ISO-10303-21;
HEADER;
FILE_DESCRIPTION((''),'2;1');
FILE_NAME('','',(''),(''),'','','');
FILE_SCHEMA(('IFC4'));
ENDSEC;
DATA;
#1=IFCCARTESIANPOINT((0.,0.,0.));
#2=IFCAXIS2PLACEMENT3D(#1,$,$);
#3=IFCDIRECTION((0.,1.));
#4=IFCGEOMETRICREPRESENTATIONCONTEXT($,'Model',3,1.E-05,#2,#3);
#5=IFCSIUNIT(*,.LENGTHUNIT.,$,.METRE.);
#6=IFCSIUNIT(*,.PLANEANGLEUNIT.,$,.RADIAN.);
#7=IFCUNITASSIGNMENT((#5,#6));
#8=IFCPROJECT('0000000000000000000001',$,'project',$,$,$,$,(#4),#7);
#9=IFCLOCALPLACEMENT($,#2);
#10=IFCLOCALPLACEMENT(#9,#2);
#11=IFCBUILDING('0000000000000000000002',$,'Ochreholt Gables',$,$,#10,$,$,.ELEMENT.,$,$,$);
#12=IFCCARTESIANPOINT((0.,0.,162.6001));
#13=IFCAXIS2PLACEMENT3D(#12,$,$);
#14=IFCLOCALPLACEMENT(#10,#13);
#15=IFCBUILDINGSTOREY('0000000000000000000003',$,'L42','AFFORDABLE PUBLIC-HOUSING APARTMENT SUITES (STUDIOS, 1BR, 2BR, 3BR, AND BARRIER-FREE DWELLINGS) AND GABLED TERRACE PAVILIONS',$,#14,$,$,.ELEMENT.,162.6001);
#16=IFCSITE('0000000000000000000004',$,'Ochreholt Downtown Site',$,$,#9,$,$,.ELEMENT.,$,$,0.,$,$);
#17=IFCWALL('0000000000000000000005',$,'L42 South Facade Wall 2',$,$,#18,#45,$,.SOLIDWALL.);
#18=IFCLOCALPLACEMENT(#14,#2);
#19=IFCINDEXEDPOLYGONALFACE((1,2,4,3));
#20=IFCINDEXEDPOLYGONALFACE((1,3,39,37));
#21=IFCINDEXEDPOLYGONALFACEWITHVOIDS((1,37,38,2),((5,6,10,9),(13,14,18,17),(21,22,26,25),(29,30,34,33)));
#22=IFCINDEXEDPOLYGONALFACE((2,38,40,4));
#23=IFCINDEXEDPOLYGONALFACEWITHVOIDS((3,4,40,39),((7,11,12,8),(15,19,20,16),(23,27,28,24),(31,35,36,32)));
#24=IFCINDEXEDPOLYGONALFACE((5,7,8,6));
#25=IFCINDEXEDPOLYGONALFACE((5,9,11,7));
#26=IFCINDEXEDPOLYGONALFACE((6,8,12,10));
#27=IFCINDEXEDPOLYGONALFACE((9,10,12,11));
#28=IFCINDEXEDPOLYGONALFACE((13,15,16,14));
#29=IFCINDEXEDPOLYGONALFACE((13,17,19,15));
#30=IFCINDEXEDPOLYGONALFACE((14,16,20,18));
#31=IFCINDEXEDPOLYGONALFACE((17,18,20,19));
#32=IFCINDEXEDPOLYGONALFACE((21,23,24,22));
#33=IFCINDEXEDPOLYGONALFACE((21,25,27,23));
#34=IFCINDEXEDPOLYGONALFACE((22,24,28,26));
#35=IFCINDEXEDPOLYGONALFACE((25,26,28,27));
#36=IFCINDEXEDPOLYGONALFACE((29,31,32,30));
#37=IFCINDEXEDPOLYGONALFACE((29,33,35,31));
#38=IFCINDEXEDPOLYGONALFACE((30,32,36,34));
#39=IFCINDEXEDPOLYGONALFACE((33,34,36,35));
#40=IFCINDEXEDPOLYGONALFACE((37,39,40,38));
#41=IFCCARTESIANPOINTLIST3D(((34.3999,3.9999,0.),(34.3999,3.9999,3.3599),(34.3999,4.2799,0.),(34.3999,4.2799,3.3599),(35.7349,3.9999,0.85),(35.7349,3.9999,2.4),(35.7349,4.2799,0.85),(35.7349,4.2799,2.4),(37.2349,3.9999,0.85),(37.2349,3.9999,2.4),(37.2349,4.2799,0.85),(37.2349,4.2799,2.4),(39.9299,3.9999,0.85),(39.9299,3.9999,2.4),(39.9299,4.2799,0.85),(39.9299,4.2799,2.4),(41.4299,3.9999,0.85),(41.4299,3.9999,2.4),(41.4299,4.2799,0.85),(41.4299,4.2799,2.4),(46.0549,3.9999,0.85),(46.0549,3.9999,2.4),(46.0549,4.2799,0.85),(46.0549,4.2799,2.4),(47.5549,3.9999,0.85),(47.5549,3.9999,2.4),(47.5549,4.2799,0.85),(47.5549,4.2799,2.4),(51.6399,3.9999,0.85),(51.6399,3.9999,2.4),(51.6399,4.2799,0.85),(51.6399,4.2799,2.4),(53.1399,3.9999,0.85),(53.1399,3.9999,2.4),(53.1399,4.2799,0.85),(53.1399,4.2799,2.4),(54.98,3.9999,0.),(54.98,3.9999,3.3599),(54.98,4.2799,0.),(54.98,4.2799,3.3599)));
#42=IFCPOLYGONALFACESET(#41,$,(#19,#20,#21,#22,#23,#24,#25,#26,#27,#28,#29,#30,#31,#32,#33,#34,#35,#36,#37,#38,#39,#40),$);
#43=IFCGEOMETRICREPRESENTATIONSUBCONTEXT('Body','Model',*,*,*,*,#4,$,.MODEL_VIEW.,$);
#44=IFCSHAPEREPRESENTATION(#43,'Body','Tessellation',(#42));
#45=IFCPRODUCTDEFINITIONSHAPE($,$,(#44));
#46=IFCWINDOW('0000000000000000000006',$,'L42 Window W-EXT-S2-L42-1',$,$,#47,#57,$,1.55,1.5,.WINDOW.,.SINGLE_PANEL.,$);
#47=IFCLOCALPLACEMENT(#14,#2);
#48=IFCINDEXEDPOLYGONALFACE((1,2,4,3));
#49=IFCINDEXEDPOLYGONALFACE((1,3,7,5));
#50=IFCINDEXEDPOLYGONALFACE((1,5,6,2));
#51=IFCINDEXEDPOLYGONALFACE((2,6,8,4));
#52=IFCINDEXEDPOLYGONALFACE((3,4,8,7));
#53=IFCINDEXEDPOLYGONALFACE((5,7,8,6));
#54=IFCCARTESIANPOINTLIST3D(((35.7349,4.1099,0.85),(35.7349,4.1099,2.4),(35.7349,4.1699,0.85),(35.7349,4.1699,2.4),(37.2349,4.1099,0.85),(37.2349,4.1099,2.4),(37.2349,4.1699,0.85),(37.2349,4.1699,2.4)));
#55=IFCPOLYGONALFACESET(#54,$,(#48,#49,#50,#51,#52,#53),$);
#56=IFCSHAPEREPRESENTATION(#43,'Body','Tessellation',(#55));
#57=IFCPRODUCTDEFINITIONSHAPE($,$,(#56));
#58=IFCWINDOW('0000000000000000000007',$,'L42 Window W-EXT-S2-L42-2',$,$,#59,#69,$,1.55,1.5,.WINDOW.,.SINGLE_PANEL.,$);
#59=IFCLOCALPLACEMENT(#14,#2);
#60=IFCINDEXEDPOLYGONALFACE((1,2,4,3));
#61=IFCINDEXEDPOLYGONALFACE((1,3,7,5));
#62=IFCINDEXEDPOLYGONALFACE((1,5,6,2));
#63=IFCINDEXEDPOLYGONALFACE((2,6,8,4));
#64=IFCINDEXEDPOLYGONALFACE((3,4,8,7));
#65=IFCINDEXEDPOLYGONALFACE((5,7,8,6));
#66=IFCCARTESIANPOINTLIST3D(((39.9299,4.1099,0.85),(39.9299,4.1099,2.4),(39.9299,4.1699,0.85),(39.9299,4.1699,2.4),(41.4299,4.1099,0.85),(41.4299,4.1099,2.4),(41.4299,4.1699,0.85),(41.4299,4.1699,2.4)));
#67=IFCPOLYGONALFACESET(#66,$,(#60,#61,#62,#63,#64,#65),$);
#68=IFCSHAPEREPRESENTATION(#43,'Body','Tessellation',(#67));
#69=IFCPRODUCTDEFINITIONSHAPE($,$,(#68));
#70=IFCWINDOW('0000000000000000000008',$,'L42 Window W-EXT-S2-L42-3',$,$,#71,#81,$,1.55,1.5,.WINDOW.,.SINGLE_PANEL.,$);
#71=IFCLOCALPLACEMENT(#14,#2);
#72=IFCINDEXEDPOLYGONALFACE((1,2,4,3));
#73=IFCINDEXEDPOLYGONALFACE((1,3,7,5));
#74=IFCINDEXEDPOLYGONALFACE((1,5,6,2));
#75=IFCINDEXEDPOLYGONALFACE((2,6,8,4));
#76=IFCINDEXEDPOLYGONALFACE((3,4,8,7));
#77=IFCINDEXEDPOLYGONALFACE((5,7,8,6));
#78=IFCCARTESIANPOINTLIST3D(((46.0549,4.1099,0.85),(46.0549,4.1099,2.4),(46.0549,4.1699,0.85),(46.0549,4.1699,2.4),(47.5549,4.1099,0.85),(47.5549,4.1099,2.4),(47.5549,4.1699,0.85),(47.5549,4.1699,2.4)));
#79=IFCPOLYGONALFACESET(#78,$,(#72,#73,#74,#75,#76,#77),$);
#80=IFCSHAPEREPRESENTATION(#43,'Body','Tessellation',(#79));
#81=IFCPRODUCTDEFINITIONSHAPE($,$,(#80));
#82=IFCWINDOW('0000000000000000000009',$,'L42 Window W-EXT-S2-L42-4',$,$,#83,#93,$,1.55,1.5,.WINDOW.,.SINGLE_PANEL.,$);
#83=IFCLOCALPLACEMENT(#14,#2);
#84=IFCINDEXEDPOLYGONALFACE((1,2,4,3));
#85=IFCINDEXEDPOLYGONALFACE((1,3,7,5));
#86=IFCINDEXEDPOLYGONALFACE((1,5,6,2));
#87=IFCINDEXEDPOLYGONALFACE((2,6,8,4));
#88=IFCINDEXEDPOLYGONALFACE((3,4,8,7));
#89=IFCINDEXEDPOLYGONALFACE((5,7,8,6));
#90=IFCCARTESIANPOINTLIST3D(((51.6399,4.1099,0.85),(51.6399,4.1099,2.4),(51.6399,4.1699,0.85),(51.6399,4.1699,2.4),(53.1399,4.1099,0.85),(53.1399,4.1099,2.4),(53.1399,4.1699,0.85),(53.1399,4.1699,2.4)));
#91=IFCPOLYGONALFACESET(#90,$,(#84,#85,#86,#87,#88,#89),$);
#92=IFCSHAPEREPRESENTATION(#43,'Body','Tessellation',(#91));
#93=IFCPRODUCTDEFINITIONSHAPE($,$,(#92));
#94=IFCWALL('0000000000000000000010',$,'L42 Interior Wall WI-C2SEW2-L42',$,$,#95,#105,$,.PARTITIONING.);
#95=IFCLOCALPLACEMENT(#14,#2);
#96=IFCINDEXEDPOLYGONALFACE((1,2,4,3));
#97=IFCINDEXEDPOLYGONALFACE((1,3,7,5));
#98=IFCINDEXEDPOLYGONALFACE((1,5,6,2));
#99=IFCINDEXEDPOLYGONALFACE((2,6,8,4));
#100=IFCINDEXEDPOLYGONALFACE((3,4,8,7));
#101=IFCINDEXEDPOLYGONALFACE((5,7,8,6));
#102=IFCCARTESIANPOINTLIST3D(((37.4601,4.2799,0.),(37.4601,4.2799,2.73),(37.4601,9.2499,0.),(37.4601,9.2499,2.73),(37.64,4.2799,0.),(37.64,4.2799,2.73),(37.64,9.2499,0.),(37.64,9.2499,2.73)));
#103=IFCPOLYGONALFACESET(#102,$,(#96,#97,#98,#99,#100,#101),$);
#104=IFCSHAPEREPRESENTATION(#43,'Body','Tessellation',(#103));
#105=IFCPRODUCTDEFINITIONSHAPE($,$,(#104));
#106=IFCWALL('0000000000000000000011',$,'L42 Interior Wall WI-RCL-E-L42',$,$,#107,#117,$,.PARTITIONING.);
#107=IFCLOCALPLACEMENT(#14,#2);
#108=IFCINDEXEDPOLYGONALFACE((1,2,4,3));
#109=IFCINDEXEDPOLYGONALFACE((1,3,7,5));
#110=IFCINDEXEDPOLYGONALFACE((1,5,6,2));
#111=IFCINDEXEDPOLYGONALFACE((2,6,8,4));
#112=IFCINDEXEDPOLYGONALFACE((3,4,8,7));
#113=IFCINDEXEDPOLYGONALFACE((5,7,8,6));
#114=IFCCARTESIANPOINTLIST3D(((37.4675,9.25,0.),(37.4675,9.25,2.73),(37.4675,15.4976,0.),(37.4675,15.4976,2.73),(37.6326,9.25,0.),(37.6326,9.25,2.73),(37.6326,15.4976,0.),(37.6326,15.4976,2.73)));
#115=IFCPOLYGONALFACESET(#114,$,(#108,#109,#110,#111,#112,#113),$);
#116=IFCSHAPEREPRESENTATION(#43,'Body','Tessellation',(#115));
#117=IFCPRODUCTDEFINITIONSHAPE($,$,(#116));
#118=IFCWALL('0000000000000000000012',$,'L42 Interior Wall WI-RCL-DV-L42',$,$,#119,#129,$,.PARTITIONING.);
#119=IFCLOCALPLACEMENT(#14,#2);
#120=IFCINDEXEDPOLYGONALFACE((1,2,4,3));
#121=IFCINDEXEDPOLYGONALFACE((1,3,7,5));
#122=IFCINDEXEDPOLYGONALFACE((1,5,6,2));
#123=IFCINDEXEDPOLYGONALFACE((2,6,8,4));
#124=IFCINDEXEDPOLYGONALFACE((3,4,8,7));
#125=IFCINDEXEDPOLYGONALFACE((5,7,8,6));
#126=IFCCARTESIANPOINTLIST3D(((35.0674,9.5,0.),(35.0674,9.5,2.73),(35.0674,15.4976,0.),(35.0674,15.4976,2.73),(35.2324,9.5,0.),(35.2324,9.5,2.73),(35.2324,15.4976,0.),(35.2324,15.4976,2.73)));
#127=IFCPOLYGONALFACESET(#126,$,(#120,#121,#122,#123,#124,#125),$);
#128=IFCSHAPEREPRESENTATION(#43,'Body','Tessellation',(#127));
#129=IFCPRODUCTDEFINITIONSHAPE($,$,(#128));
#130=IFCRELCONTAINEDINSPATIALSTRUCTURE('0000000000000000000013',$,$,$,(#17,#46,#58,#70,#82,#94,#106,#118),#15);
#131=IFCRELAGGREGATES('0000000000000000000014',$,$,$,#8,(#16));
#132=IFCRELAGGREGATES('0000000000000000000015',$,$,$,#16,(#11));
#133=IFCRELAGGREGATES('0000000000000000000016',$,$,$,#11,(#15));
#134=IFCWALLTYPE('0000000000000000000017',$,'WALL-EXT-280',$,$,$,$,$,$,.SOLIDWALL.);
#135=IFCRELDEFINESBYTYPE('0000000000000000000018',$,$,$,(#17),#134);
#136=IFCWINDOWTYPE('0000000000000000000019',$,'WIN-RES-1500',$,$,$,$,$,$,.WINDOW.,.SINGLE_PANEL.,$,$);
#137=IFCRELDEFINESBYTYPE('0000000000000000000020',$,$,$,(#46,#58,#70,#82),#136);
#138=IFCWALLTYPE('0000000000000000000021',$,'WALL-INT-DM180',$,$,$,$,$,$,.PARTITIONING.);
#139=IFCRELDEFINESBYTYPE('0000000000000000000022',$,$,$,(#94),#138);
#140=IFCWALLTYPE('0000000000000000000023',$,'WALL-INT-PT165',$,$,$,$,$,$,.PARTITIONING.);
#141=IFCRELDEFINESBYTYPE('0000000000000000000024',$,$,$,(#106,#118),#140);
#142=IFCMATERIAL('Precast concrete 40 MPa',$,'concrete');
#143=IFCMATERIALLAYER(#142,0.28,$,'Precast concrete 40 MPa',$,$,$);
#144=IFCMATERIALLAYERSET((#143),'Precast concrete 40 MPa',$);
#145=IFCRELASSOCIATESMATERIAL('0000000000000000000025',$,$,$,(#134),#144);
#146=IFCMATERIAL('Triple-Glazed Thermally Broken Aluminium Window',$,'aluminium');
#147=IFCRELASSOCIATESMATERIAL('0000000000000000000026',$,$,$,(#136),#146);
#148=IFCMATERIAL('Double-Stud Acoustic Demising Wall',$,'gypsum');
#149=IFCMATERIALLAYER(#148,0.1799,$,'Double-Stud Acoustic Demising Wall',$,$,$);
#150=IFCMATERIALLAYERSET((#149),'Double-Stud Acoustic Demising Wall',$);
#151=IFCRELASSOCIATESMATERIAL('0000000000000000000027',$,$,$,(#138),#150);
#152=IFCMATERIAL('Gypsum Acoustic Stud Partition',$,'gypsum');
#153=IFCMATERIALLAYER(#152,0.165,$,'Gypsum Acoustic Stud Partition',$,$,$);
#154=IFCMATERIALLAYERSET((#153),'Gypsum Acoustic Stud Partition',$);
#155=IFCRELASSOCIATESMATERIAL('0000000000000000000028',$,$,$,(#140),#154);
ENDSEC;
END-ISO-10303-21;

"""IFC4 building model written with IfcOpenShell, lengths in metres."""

from ifc_helpers import new_model, si_unit, direction, frame, frame_2d, origin, place, context, subcontext, project, spatial, rectangle, extrude, material, layer, layer_set, type_object, element, fill, save


model = new_model("IFC4")

# Units and contexts
model_context = context("Model", 3, precision=1e-05, world=origin(), true_north=direction((0.0, 1.0)))
body_context = subcontext(model_context, "Body", "Model", "MODEL_VIEW")
ifc_project = project(units=[si_unit("LENGTHUNIT", "METRE"), si_unit("PLANEANGLEUNIT", "RADIAN")], contexts=[model_context])

# Site, building, storey
site_placement = place(None, origin())
site = spatial("IfcSite", under=ifc_project, at=site_placement, Name="Ochreholt Downtown Site", CompositionType="ELEMENT", RefElevation=0.0)
building_placement = place(site_placement, origin())
building = spatial("IfcBuilding", under=site, at=building_placement, Name="Ochreholt Gables", CompositionType="ELEMENT")
storey_placement = place(building_placement, frame((0.0, 0.0, 162.6001)))
storey = spatial("IfcBuildingStorey", under=building, at=storey_placement, Name="L42", Description="AFFORDABLE PUBLIC-HOUSING APARTMENT SUITES (STUDIOS, 1BR, 2BR, 3BR, AND BARRIER-FREE DWELLINGS) AND GABLED TERRACE PAVILIONS", CompositionType="ELEMENT", Elevation=162.6001)

# Wall, openings, windows
ifc_material_1 = material(Name="Precast concrete 40 MPa", Category="concrete")
ifc_layer_1 = layer(ifc_material_1, 0.28, Name="Precast concrete 40 MPa")
ifc_layer_set_1 = layer_set([ifc_layer_1], Name="Precast concrete 40 MPa")
wall_type_1 = type_object("IfcWallType", Name="WALL-EXT-280", PredefinedType="SOLIDWALL", material=ifc_layer_set_1)
wall_1_placement = place(storey_placement, frame((34.3999, 4.1399, 0.0), z_axis=(0.0, 0.0, 1.0), x_axis=(1.0, 0.0, 0.0)))
wall_1 = element("IfcWall", 1, at=wall_1_placement, inside=storey, type_object=wall_type_1, Name="L42 South Facade Wall 2", PredefinedType="SOLIDWALL", context=body_context, shape_type="SweptSolid", body=[
    extrude(rectangle(XDim=20.5801, YDim=0.28, at=frame_2d((10.29, 0.0))), origin(), (0.0, 0.0, 1.0), 3.3599),
])
opening_1_placement = place(wall_1_placement, frame((1.335, 0.0, 0.8501)))
opening_1 = element("IfcOpeningElement", 2, at=opening_1_placement, cuts=wall_1, PredefinedType="OPENING", context=body_context, shape_type="SweptSolid", body=[
    extrude(rectangle(XDim=1.5, YDim=1.55, at=frame_2d((0.75, 0.7749))), frame((0.0, 0.1499, 0.0), z_axis=(0.0, -1.0, 0.0), x_axis=(1.0, 0.0, 0.0)), (0.0, 0.0, 1.0), 0.3),
])
opening_2_placement = place(wall_1_placement, frame((5.53, 0.0, 0.8501)))
opening_2 = element("IfcOpeningElement", 3, at=opening_2_placement, cuts=wall_1, PredefinedType="OPENING", context=body_context, shape_type="SweptSolid", body=[
    extrude(rectangle(XDim=1.5, YDim=1.55, at=frame_2d((0.75, 0.7749))), frame((0.0, 0.1499, 0.0), z_axis=(0.0, -1.0, 0.0), x_axis=(1.0, 0.0, 0.0)), (0.0, 0.0, 1.0), 0.3),
])
opening_3_placement = place(wall_1_placement, frame((11.655, 0.0, 0.8501)))
opening_3 = element("IfcOpeningElement", 4, at=opening_3_placement, cuts=wall_1, PredefinedType="OPENING", context=body_context, shape_type="SweptSolid", body=[
    extrude(rectangle(XDim=1.5, YDim=1.55, at=frame_2d((0.75, 0.7749))), frame((0.0, 0.1499, 0.0), z_axis=(0.0, -1.0, 0.0), x_axis=(1.0, 0.0, 0.0)), (0.0, 0.0, 1.0), 0.3),
])
opening_4_placement = place(wall_1_placement, frame((17.24, 0.0, 0.8501)))
opening_4 = element("IfcOpeningElement", 5, at=opening_4_placement, cuts=wall_1, PredefinedType="OPENING", context=body_context, shape_type="SweptSolid", body=[
    extrude(rectangle(XDim=1.5, YDim=1.55, at=frame_2d((0.75, 0.7749))), frame((0.0, 0.1499, 0.0), z_axis=(0.0, -1.0, 0.0), x_axis=(1.0, 0.0, 0.0)), (0.0, 0.0, 1.0), 0.3),
])
ifc_material_2 = material(Name="Triple-Glazed Thermally Broken Aluminium Window", Category="aluminium")
window_type = type_object("IfcWindowType", Name="WIN-RES-1500", PartitioningType="SINGLE_PANEL", PredefinedType="WINDOW", material=ifc_material_2)
window_1_placement = place(opening_1_placement, origin())
window_1 = element("IfcWindow", 6, at=window_1_placement, inside=storey, type_object=window_type, Name="L42 Window W-EXT-S2-L42-1", OverallHeight=1.55, OverallWidth=1.5, PartitioningType="SINGLE_PANEL", PredefinedType="WINDOW", context=body_context, shape_type="SweptSolid", body=[
    extrude(rectangle(XDim=1.5, YDim=1.55, at=frame_2d((0.75, 0.7749))), frame((0.0, 0.03, 0.0), z_axis=(0.0, -1.0, 0.0), x_axis=(1.0, 0.0, 0.0)), (0.0, 0.0, 1.0), 0.0601),
])
fill(opening_1, window_1)
window_2_placement = place(opening_2_placement, origin())
window_2 = element("IfcWindow", 7, at=window_2_placement, inside=storey, type_object=window_type, Name="L42 Window W-EXT-S2-L42-2", OverallHeight=1.55, OverallWidth=1.5, PartitioningType="SINGLE_PANEL", PredefinedType="WINDOW", context=body_context, shape_type="SweptSolid", body=[
    extrude(rectangle(XDim=1.5, YDim=1.55, at=frame_2d((0.75, 0.7749))), frame((0.0, 0.03, 0.0), z_axis=(0.0, -1.0, 0.0), x_axis=(1.0, 0.0, 0.0)), (0.0, 0.0, 1.0), 0.0601),
])
fill(opening_2, window_2)
window_3_placement = place(opening_3_placement, origin())
window_3 = element("IfcWindow", 8, at=window_3_placement, inside=storey, type_object=window_type, Name="L42 Window W-EXT-S2-L42-3", OverallHeight=1.55, OverallWidth=1.5, PartitioningType="SINGLE_PANEL", PredefinedType="WINDOW", context=body_context, shape_type="SweptSolid", body=[
    extrude(rectangle(XDim=1.5, YDim=1.55, at=frame_2d((0.75, 0.7749))), frame((0.0, 0.03, 0.0), z_axis=(0.0, -1.0, 0.0), x_axis=(1.0, 0.0, 0.0)), (0.0, 0.0, 1.0), 0.0601),
])
fill(opening_3, window_3)
window_4_placement = place(opening_4_placement, origin())
window_4 = element("IfcWindow", 9, at=window_4_placement, inside=storey, type_object=window_type, Name="L42 Window W-EXT-S2-L42-4", OverallHeight=1.55, OverallWidth=1.5, PartitioningType="SINGLE_PANEL", PredefinedType="WINDOW", context=body_context, shape_type="SweptSolid", body=[
    extrude(rectangle(XDim=1.5, YDim=1.55, at=frame_2d((0.75, 0.7749))), frame((0.0, 0.03, 0.0), z_axis=(0.0, -1.0, 0.0), x_axis=(1.0, 0.0, 0.0)), (0.0, 0.0, 1.0), 0.0601),
])
fill(opening_4, window_4)

# Shared definitions
ifc_material_3 = material(Name="Double-Stud Acoustic Demising Wall", Category="gypsum")
ifc_layer_2 = layer(ifc_material_3, 0.1799, Name="Double-Stud Acoustic Demising Wall")
ifc_layer_set_2 = layer_set([ifc_layer_2], Name="Double-Stud Acoustic Demising Wall")
wall_type_2 = type_object("IfcWallType", Name="WALL-INT-DM180", PredefinedType="PARTITIONING", material=ifc_layer_set_2)

# Walls
wall_2_placement = place(storey_placement, frame((37.55, 4.28, 0.0), z_axis=(0.0, 0.0, 1.0), x_axis=(0.0, 1.0, 0.0)))
element("IfcWall", 10, at=wall_2_placement, inside=storey, type_object=wall_type_2, Name="L42 Interior Wall WI-C2SEW2-L42", PredefinedType="PARTITIONING", context=body_context, shape_type="SweptSolid", body=[
    extrude(rectangle(XDim=4.97, YDim=0.1799, at=frame_2d((2.4849, 0.0))), origin(), (0.0, 0.0, 1.0), 2.73),
])
ifc_material_4 = material(Name="Gypsum Acoustic Stud Partition", Category="gypsum")
ifc_layer_3 = layer(ifc_material_4, 0.165, Name="Gypsum Acoustic Stud Partition")
ifc_layer_set_3 = layer_set([ifc_layer_3], Name="Gypsum Acoustic Stud Partition")
wall_type_3 = type_object("IfcWallType", Name="WALL-INT-PT165", PredefinedType="PARTITIONING", material=ifc_layer_set_3)
wall_3_placement = place(storey_placement, frame((37.55, 9.25, 0.0), z_axis=(0.0, 0.0, 1.0), x_axis=(0.0, 1.0, 0.0)))
element("IfcWall", 11, at=wall_3_placement, inside=storey, type_object=wall_type_3, Name="L42 Interior Wall WI-RCL-E-L42", PredefinedType="PARTITIONING", context=body_context, shape_type="SweptSolid", body=[
    extrude(rectangle(XDim=6.2476, YDim=0.165, at=frame_2d((3.1238, 0.0))), origin(), (0.0, 0.0, 1.0), 2.73),
])
wall_4_placement = place(storey_placement, frame((35.1499, 9.5, 0.0), z_axis=(0.0, 0.0, 1.0), x_axis=(0.0, 1.0, 0.0)))
element("IfcWall", 12, at=wall_4_placement, inside=storey, type_object=wall_type_3, Name="L42 Interior Wall WI-RCL-DV-L42", PredefinedType="PARTITIONING", context=body_context, shape_type="SweptSolid", body=[
    extrude(rectangle(XDim=5.9976, YDim=0.165, at=frame_2d((2.9988, 0.0))), origin(), (0.0, 0.0, 1.0), 2.73),
])

save(model, "model.ifc")
